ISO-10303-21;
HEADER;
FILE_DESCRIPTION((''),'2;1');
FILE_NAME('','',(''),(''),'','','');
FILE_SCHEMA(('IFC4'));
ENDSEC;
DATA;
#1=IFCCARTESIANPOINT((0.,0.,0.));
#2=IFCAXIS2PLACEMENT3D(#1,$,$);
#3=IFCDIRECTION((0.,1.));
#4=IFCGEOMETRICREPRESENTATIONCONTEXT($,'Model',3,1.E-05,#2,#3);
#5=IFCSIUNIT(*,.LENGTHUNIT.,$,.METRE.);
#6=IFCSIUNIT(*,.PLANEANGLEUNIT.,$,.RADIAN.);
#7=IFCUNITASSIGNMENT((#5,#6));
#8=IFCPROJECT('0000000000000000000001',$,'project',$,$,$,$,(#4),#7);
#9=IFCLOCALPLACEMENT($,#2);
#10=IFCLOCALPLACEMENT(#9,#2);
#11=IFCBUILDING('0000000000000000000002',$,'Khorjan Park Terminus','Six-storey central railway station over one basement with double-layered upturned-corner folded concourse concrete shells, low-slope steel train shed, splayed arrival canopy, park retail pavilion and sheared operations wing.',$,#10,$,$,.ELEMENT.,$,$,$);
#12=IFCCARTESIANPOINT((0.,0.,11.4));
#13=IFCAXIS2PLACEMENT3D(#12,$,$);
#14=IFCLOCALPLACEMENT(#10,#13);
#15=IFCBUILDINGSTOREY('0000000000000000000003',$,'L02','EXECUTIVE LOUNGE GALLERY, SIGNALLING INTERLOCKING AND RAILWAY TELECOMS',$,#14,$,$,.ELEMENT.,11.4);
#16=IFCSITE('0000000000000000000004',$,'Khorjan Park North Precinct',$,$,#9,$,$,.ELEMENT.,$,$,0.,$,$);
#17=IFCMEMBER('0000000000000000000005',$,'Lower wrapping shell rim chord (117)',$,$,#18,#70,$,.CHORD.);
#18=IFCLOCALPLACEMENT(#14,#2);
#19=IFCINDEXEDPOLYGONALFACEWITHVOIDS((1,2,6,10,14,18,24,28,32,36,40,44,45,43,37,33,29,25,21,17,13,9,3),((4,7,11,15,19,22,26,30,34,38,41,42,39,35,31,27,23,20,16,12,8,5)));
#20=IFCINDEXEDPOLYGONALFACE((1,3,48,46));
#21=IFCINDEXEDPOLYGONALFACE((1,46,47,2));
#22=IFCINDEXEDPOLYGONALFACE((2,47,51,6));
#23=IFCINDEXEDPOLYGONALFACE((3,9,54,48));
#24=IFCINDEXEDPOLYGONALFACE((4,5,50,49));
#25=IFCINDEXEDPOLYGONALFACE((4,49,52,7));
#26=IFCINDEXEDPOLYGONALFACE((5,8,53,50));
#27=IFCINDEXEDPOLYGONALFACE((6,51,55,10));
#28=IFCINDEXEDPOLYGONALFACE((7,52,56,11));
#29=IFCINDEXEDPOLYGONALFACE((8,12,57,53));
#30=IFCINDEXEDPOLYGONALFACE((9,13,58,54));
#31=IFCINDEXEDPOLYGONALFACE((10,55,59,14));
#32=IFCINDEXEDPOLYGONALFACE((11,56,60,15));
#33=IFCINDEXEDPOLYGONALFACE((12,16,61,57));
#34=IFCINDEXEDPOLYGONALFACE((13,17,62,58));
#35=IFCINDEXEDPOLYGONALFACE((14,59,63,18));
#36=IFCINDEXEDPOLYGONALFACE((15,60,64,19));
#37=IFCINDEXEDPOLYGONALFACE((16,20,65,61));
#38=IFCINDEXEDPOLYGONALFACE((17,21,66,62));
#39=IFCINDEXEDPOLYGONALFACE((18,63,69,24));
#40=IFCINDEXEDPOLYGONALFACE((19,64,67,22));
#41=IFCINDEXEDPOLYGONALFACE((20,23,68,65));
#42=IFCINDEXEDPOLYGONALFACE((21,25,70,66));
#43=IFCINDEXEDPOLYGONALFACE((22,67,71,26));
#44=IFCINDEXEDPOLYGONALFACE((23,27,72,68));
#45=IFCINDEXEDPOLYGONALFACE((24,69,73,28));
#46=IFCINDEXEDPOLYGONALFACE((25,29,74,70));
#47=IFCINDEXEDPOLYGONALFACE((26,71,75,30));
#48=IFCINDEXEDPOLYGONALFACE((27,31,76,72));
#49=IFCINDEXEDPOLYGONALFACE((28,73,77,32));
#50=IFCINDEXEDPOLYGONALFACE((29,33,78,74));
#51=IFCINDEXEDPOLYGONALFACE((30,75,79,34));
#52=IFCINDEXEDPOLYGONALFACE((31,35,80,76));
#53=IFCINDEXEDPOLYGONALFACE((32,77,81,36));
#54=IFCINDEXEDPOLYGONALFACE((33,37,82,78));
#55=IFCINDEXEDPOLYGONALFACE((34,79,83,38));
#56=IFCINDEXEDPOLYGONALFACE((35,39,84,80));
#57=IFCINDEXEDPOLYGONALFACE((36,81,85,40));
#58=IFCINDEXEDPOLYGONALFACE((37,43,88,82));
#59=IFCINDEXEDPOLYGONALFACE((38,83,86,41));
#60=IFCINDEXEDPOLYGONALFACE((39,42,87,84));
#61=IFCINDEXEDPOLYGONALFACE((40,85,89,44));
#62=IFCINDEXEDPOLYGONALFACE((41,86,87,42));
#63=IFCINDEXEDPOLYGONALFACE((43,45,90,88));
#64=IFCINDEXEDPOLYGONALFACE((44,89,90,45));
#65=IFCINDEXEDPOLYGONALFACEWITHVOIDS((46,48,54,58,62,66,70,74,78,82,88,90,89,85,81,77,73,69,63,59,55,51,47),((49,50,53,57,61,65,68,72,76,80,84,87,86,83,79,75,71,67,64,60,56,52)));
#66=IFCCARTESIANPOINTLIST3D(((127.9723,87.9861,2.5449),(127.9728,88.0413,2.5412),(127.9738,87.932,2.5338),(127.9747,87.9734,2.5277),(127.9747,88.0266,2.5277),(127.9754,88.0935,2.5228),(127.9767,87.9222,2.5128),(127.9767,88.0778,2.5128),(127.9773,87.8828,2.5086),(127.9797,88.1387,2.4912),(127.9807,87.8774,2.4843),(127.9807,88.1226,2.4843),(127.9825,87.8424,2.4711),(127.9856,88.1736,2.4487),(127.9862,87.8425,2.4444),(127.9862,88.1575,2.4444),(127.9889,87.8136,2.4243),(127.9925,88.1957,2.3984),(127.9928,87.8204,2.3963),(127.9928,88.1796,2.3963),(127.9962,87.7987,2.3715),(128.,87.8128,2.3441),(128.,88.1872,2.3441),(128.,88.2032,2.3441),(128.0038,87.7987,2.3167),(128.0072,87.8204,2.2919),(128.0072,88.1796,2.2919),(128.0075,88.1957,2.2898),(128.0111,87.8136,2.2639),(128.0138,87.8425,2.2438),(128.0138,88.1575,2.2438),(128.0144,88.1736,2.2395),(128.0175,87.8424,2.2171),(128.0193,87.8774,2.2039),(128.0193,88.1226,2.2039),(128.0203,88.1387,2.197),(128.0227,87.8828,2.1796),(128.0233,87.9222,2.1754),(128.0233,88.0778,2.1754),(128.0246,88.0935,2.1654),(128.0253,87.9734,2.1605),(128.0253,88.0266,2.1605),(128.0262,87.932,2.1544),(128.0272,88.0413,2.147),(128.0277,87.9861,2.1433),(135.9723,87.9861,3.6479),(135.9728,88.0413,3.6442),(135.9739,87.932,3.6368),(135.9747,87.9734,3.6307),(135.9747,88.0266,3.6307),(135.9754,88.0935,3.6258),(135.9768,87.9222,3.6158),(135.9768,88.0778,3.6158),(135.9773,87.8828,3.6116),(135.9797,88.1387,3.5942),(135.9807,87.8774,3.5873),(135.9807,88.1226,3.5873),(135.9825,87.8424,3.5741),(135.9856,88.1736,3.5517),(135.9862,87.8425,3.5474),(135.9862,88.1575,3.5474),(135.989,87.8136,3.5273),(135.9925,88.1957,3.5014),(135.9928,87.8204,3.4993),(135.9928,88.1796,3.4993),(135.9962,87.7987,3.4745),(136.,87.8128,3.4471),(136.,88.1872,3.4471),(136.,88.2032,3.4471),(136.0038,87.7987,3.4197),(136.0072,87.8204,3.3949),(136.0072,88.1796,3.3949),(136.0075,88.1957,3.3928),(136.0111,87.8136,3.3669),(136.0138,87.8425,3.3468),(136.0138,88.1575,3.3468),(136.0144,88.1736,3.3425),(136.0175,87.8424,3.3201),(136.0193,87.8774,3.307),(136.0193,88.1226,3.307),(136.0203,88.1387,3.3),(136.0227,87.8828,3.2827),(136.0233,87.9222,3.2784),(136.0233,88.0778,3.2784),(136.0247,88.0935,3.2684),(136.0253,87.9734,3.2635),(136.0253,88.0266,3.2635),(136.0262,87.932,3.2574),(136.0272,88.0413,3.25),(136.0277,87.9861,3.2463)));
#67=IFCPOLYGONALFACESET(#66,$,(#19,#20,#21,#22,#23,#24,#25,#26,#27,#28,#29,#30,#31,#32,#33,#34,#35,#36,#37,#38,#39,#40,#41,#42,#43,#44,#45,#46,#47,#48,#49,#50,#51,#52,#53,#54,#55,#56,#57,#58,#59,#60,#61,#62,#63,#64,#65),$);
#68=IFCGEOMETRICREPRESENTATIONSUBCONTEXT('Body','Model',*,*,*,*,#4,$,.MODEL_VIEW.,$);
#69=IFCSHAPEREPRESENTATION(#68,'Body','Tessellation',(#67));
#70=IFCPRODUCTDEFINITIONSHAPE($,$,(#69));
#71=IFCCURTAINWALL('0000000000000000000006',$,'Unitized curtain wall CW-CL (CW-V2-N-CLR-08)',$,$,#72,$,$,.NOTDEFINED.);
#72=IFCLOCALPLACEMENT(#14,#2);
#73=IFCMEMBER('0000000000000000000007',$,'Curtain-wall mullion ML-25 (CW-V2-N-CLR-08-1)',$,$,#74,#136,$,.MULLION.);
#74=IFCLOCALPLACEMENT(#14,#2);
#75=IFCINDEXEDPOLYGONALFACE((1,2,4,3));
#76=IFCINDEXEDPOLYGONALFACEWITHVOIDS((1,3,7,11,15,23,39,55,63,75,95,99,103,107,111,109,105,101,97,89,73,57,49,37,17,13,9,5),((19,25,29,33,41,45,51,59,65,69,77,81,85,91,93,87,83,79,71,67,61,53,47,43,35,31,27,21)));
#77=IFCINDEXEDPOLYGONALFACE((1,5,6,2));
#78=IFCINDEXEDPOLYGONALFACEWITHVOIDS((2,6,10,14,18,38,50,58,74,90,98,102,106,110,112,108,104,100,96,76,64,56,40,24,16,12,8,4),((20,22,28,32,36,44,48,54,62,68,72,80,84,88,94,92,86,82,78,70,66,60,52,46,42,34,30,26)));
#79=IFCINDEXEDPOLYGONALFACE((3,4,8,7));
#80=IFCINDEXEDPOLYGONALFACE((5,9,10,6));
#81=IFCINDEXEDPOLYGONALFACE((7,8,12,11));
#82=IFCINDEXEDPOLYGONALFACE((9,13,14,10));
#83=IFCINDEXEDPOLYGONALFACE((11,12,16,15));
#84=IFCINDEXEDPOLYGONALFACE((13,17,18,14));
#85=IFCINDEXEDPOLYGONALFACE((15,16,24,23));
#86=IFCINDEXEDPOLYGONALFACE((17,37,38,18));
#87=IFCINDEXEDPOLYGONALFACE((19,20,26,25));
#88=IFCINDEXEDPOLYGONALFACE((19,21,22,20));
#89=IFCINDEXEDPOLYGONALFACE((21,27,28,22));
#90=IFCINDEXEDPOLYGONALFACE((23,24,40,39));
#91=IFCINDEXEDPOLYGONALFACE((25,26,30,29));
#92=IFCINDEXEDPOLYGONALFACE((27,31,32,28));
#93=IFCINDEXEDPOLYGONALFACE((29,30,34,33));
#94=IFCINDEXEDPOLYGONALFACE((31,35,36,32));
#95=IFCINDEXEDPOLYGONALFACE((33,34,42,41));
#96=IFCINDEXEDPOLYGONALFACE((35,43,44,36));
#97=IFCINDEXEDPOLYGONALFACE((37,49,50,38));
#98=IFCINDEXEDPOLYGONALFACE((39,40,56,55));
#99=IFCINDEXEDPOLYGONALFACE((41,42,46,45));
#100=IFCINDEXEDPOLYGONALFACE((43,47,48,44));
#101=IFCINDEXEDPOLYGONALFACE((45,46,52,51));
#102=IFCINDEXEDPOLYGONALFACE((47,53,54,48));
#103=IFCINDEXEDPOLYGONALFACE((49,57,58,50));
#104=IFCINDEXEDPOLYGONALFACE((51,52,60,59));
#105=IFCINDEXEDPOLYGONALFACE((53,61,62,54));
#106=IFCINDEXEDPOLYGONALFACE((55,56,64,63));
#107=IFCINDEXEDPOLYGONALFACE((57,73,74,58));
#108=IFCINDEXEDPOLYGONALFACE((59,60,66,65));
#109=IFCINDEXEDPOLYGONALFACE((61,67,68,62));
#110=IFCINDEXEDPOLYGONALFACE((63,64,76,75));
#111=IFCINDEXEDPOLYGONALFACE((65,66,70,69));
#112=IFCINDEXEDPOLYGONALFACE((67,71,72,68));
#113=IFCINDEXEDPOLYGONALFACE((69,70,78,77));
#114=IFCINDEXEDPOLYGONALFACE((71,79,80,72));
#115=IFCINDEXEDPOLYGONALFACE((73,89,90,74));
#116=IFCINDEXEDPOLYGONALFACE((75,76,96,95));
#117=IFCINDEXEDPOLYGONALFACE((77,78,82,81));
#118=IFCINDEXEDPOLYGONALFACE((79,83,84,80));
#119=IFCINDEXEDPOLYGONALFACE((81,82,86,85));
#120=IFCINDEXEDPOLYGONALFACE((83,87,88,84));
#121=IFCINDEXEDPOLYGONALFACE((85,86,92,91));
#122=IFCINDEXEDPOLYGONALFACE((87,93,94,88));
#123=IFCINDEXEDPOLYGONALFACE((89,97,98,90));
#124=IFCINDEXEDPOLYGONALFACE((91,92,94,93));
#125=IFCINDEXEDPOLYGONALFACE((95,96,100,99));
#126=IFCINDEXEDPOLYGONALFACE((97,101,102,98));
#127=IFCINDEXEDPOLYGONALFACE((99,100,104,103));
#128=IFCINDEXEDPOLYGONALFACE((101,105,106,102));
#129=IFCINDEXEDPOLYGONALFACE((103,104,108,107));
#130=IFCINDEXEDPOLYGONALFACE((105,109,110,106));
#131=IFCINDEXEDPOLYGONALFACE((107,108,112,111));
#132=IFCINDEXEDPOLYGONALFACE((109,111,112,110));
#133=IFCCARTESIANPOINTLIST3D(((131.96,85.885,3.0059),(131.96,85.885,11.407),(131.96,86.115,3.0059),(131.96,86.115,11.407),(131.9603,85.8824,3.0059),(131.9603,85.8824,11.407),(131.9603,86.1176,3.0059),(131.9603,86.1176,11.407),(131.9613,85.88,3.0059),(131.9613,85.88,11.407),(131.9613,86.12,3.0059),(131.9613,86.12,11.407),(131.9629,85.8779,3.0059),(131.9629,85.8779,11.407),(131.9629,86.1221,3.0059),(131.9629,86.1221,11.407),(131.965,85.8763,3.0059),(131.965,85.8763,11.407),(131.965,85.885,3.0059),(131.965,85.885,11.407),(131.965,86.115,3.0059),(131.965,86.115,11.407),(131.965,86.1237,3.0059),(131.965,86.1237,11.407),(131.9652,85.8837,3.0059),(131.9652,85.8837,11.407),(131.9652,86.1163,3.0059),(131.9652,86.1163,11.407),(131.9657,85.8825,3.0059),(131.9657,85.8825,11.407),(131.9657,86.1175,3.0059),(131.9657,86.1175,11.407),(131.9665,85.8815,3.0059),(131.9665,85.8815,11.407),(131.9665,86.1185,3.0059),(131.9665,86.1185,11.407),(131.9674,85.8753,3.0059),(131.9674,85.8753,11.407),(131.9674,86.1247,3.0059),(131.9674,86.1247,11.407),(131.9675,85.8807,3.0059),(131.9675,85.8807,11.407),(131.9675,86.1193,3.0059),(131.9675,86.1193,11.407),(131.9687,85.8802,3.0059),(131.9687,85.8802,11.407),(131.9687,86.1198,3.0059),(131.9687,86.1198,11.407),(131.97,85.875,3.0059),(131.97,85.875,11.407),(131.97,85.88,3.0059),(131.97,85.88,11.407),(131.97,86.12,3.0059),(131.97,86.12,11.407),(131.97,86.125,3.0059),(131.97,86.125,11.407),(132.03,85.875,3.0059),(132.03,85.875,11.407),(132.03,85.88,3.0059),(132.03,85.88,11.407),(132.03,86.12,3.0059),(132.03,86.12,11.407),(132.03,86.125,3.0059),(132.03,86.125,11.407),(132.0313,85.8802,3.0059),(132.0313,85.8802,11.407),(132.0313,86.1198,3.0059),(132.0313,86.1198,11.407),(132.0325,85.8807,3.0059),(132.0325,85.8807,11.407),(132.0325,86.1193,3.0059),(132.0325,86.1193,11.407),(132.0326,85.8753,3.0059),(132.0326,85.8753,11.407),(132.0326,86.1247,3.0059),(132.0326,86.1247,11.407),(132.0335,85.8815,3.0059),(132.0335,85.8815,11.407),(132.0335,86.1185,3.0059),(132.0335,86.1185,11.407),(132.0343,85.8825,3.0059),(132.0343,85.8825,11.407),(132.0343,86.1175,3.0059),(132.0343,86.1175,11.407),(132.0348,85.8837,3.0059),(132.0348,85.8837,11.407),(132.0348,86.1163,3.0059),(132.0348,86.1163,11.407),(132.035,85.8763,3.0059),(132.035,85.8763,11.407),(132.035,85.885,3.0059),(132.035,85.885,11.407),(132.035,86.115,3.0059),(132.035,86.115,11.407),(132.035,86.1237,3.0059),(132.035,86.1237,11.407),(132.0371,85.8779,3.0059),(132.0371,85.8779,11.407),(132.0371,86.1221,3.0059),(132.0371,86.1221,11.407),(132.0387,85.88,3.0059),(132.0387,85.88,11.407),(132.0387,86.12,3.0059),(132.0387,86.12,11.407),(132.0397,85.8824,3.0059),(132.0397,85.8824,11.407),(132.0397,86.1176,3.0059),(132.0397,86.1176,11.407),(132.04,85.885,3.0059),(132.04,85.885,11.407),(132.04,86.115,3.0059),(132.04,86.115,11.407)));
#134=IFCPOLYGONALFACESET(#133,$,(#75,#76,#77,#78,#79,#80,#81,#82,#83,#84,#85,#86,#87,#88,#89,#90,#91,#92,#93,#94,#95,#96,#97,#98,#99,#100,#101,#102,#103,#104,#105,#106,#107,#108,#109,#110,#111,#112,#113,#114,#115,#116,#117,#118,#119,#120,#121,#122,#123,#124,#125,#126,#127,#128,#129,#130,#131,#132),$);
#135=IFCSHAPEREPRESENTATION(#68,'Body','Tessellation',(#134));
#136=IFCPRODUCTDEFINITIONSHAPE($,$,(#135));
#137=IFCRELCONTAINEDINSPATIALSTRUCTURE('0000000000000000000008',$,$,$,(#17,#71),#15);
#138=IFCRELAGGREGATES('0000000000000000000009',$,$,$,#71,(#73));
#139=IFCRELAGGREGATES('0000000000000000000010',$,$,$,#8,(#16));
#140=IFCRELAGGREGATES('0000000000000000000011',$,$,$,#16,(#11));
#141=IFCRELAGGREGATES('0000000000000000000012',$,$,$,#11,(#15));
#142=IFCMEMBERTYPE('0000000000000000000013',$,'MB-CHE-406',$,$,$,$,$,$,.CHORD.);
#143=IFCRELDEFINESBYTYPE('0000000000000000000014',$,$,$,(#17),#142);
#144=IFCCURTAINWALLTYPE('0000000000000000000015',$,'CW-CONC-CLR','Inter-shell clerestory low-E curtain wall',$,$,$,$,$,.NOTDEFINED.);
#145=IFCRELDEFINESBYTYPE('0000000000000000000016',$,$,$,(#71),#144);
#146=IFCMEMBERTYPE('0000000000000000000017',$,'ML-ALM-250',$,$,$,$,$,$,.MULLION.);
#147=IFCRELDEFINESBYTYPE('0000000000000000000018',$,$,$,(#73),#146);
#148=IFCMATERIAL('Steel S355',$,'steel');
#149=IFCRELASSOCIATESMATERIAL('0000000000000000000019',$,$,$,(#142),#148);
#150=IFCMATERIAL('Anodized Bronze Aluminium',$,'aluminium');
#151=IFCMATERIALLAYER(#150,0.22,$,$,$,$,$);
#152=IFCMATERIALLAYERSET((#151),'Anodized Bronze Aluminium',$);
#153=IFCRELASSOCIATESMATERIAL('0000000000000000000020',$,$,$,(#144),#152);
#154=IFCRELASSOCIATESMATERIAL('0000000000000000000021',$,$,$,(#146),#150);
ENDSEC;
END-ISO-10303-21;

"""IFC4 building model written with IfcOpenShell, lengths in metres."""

from ifc_helpers import new_model, si_unit, direction, frame, origin, origin_2d, place, context, subcontext, project, spatial, hollow_rectangle, hollow_circle, extrude, material, layer, layer_set, material_profile, profile_set, type_object, element, aggregate, save


model = new_model("IFC4")

# Units and contexts
model_context = context("Model", 3, precision=1e-05, world=origin(), true_north=direction((0.0, 1.0)))
body_context = subcontext(model_context, "Body", "Model", "MODEL_VIEW")
ifc_project = project(units=[si_unit("LENGTHUNIT", "METRE"), si_unit("PLANEANGLEUNIT", "RADIAN")], contexts=[model_context])

# Site, building, storey
site_placement = place(None, origin())
site = spatial("IfcSite", under=ifc_project, at=site_placement, Name="Khorjan Park North Precinct", CompositionType="ELEMENT", RefElevation=0.0)
building_placement = place(site_placement, origin())
building = spatial("IfcBuilding", under=site, at=building_placement, Name="Khorjan Park Terminus", Description="Six-storey central railway station over one basement with double-layered upturned-corner folded concourse concrete shells, low-slope steel train shed, splayed arrival canopy, park retail pavilion and sheared operations wing.", CompositionType="ELEMENT")
storey_placement = place(building_placement, frame((0.0, 0.0, 11.4)))
storey = spatial("IfcBuildingStorey", under=building, at=storey_placement, Name="L02", Description="EXECUTIVE LOUNGE GALLERY, SIGNALLING INTERLOCKING AND RAILWAY TELECOMS", CompositionType="ELEMENT", Elevation=11.4)

# Member
ifc_material_1 = material(Name="Steel S355", Category="steel")
ifc_material_profile_1 = material_profile(ifc_material_1, hollow_circle(Radius=0.2032, WallThickness=0.016, at=origin_2d()), Name="CHS 406.4x16")
ifc_profile_set_1 = profile_set([ifc_material_profile_1], Name="Steel S355")
member_type_1 = type_object("IfcMemberType", Name="MB-CHE-406", PredefinedType="CHORD", material=ifc_profile_set_1)
member_1_placement = place(storey_placement, frame((128.0, 88.0, 2.3441), z_axis=(0.990629, 0.0, 0.136583), x_axis=(0.0, 1.0, 0.0)))
element("IfcMember", 1, at=member_1_placement, inside=storey, type_object=member_type_1, Name="Lower wrapping shell rim chord (117)", PredefinedType="CHORD", context=body_context, shape_type="SweptSolid", body=[
    extrude(hollow_circle(Radius=0.2032, WallThickness=0.016, at=origin_2d()), origin(), (0.0, 0.0, 1.0), 8.0757),
])

# Curtain wall, member
ifc_material_2 = material(Name="Anodized Bronze Aluminium", Category="aluminium")
ifc_layer_1 = layer(ifc_material_2, 0.22)
ifc_layer_set_1 = layer_set([ifc_layer_1], Name="Anodized Bronze Aluminium")
curtain_wall_type = type_object("IfcCurtainWallType", Name="CW-CONC-CLR", Description="Inter-shell clerestory low-E curtain wall", PredefinedType="NOTDEFINED", material=ifc_layer_set_1)
curtain_wall_1_placement = place(storey_placement, origin())
curtain_wall_1 = element("IfcCurtainWall", 2, at=curtain_wall_1_placement, inside=storey, type_object=curtain_wall_type, Name="Unitized curtain wall CW-CL (CW-V2-N-CLR-08)", PredefinedType="NOTDEFINED")
ifc_material_profile_2 = material_profile(ifc_material_2, hollow_rectangle(XDim=0.08, YDim=0.25, WallThickness=0.005, InnerFilletRadius=0.005, OuterFilletRadius=0.01, at=origin_2d()), Name="ALM 80x250x5")
ifc_profile_set_2 = profile_set([ifc_material_profile_2], Name="Anodized Bronze Aluminium")
member_type_2 = type_object("IfcMemberType", Name="ML-ALM-250", PredefinedType="MULLION", material=ifc_profile_set_2)
member_2_placement = place(storey_placement, frame((132.0, 86.0, 3.0059), z_axis=(0.0, 0.0, 1.0), x_axis=(-1.0, 0.0, 0.0)))
member_2 = element("IfcMember", 3, at=member_2_placement, type_object=member_type_2, Name="Curtain-wall mullion ML-25 (CW-V2-N-CLR-08-1)", PredefinedType="MULLION", context=body_context, shape_type="SweptSolid", body=[
    extrude(hollow_rectangle(XDim=0.08, YDim=0.25, WallThickness=0.005, InnerFilletRadius=0.005, OuterFilletRadius=0.01, at=origin_2d()), origin(), (0.0, 0.0, 1.0), 8.4011),
])

aggregate(curtain_wall_1, [member_2])

save(model, "model.ifc")
